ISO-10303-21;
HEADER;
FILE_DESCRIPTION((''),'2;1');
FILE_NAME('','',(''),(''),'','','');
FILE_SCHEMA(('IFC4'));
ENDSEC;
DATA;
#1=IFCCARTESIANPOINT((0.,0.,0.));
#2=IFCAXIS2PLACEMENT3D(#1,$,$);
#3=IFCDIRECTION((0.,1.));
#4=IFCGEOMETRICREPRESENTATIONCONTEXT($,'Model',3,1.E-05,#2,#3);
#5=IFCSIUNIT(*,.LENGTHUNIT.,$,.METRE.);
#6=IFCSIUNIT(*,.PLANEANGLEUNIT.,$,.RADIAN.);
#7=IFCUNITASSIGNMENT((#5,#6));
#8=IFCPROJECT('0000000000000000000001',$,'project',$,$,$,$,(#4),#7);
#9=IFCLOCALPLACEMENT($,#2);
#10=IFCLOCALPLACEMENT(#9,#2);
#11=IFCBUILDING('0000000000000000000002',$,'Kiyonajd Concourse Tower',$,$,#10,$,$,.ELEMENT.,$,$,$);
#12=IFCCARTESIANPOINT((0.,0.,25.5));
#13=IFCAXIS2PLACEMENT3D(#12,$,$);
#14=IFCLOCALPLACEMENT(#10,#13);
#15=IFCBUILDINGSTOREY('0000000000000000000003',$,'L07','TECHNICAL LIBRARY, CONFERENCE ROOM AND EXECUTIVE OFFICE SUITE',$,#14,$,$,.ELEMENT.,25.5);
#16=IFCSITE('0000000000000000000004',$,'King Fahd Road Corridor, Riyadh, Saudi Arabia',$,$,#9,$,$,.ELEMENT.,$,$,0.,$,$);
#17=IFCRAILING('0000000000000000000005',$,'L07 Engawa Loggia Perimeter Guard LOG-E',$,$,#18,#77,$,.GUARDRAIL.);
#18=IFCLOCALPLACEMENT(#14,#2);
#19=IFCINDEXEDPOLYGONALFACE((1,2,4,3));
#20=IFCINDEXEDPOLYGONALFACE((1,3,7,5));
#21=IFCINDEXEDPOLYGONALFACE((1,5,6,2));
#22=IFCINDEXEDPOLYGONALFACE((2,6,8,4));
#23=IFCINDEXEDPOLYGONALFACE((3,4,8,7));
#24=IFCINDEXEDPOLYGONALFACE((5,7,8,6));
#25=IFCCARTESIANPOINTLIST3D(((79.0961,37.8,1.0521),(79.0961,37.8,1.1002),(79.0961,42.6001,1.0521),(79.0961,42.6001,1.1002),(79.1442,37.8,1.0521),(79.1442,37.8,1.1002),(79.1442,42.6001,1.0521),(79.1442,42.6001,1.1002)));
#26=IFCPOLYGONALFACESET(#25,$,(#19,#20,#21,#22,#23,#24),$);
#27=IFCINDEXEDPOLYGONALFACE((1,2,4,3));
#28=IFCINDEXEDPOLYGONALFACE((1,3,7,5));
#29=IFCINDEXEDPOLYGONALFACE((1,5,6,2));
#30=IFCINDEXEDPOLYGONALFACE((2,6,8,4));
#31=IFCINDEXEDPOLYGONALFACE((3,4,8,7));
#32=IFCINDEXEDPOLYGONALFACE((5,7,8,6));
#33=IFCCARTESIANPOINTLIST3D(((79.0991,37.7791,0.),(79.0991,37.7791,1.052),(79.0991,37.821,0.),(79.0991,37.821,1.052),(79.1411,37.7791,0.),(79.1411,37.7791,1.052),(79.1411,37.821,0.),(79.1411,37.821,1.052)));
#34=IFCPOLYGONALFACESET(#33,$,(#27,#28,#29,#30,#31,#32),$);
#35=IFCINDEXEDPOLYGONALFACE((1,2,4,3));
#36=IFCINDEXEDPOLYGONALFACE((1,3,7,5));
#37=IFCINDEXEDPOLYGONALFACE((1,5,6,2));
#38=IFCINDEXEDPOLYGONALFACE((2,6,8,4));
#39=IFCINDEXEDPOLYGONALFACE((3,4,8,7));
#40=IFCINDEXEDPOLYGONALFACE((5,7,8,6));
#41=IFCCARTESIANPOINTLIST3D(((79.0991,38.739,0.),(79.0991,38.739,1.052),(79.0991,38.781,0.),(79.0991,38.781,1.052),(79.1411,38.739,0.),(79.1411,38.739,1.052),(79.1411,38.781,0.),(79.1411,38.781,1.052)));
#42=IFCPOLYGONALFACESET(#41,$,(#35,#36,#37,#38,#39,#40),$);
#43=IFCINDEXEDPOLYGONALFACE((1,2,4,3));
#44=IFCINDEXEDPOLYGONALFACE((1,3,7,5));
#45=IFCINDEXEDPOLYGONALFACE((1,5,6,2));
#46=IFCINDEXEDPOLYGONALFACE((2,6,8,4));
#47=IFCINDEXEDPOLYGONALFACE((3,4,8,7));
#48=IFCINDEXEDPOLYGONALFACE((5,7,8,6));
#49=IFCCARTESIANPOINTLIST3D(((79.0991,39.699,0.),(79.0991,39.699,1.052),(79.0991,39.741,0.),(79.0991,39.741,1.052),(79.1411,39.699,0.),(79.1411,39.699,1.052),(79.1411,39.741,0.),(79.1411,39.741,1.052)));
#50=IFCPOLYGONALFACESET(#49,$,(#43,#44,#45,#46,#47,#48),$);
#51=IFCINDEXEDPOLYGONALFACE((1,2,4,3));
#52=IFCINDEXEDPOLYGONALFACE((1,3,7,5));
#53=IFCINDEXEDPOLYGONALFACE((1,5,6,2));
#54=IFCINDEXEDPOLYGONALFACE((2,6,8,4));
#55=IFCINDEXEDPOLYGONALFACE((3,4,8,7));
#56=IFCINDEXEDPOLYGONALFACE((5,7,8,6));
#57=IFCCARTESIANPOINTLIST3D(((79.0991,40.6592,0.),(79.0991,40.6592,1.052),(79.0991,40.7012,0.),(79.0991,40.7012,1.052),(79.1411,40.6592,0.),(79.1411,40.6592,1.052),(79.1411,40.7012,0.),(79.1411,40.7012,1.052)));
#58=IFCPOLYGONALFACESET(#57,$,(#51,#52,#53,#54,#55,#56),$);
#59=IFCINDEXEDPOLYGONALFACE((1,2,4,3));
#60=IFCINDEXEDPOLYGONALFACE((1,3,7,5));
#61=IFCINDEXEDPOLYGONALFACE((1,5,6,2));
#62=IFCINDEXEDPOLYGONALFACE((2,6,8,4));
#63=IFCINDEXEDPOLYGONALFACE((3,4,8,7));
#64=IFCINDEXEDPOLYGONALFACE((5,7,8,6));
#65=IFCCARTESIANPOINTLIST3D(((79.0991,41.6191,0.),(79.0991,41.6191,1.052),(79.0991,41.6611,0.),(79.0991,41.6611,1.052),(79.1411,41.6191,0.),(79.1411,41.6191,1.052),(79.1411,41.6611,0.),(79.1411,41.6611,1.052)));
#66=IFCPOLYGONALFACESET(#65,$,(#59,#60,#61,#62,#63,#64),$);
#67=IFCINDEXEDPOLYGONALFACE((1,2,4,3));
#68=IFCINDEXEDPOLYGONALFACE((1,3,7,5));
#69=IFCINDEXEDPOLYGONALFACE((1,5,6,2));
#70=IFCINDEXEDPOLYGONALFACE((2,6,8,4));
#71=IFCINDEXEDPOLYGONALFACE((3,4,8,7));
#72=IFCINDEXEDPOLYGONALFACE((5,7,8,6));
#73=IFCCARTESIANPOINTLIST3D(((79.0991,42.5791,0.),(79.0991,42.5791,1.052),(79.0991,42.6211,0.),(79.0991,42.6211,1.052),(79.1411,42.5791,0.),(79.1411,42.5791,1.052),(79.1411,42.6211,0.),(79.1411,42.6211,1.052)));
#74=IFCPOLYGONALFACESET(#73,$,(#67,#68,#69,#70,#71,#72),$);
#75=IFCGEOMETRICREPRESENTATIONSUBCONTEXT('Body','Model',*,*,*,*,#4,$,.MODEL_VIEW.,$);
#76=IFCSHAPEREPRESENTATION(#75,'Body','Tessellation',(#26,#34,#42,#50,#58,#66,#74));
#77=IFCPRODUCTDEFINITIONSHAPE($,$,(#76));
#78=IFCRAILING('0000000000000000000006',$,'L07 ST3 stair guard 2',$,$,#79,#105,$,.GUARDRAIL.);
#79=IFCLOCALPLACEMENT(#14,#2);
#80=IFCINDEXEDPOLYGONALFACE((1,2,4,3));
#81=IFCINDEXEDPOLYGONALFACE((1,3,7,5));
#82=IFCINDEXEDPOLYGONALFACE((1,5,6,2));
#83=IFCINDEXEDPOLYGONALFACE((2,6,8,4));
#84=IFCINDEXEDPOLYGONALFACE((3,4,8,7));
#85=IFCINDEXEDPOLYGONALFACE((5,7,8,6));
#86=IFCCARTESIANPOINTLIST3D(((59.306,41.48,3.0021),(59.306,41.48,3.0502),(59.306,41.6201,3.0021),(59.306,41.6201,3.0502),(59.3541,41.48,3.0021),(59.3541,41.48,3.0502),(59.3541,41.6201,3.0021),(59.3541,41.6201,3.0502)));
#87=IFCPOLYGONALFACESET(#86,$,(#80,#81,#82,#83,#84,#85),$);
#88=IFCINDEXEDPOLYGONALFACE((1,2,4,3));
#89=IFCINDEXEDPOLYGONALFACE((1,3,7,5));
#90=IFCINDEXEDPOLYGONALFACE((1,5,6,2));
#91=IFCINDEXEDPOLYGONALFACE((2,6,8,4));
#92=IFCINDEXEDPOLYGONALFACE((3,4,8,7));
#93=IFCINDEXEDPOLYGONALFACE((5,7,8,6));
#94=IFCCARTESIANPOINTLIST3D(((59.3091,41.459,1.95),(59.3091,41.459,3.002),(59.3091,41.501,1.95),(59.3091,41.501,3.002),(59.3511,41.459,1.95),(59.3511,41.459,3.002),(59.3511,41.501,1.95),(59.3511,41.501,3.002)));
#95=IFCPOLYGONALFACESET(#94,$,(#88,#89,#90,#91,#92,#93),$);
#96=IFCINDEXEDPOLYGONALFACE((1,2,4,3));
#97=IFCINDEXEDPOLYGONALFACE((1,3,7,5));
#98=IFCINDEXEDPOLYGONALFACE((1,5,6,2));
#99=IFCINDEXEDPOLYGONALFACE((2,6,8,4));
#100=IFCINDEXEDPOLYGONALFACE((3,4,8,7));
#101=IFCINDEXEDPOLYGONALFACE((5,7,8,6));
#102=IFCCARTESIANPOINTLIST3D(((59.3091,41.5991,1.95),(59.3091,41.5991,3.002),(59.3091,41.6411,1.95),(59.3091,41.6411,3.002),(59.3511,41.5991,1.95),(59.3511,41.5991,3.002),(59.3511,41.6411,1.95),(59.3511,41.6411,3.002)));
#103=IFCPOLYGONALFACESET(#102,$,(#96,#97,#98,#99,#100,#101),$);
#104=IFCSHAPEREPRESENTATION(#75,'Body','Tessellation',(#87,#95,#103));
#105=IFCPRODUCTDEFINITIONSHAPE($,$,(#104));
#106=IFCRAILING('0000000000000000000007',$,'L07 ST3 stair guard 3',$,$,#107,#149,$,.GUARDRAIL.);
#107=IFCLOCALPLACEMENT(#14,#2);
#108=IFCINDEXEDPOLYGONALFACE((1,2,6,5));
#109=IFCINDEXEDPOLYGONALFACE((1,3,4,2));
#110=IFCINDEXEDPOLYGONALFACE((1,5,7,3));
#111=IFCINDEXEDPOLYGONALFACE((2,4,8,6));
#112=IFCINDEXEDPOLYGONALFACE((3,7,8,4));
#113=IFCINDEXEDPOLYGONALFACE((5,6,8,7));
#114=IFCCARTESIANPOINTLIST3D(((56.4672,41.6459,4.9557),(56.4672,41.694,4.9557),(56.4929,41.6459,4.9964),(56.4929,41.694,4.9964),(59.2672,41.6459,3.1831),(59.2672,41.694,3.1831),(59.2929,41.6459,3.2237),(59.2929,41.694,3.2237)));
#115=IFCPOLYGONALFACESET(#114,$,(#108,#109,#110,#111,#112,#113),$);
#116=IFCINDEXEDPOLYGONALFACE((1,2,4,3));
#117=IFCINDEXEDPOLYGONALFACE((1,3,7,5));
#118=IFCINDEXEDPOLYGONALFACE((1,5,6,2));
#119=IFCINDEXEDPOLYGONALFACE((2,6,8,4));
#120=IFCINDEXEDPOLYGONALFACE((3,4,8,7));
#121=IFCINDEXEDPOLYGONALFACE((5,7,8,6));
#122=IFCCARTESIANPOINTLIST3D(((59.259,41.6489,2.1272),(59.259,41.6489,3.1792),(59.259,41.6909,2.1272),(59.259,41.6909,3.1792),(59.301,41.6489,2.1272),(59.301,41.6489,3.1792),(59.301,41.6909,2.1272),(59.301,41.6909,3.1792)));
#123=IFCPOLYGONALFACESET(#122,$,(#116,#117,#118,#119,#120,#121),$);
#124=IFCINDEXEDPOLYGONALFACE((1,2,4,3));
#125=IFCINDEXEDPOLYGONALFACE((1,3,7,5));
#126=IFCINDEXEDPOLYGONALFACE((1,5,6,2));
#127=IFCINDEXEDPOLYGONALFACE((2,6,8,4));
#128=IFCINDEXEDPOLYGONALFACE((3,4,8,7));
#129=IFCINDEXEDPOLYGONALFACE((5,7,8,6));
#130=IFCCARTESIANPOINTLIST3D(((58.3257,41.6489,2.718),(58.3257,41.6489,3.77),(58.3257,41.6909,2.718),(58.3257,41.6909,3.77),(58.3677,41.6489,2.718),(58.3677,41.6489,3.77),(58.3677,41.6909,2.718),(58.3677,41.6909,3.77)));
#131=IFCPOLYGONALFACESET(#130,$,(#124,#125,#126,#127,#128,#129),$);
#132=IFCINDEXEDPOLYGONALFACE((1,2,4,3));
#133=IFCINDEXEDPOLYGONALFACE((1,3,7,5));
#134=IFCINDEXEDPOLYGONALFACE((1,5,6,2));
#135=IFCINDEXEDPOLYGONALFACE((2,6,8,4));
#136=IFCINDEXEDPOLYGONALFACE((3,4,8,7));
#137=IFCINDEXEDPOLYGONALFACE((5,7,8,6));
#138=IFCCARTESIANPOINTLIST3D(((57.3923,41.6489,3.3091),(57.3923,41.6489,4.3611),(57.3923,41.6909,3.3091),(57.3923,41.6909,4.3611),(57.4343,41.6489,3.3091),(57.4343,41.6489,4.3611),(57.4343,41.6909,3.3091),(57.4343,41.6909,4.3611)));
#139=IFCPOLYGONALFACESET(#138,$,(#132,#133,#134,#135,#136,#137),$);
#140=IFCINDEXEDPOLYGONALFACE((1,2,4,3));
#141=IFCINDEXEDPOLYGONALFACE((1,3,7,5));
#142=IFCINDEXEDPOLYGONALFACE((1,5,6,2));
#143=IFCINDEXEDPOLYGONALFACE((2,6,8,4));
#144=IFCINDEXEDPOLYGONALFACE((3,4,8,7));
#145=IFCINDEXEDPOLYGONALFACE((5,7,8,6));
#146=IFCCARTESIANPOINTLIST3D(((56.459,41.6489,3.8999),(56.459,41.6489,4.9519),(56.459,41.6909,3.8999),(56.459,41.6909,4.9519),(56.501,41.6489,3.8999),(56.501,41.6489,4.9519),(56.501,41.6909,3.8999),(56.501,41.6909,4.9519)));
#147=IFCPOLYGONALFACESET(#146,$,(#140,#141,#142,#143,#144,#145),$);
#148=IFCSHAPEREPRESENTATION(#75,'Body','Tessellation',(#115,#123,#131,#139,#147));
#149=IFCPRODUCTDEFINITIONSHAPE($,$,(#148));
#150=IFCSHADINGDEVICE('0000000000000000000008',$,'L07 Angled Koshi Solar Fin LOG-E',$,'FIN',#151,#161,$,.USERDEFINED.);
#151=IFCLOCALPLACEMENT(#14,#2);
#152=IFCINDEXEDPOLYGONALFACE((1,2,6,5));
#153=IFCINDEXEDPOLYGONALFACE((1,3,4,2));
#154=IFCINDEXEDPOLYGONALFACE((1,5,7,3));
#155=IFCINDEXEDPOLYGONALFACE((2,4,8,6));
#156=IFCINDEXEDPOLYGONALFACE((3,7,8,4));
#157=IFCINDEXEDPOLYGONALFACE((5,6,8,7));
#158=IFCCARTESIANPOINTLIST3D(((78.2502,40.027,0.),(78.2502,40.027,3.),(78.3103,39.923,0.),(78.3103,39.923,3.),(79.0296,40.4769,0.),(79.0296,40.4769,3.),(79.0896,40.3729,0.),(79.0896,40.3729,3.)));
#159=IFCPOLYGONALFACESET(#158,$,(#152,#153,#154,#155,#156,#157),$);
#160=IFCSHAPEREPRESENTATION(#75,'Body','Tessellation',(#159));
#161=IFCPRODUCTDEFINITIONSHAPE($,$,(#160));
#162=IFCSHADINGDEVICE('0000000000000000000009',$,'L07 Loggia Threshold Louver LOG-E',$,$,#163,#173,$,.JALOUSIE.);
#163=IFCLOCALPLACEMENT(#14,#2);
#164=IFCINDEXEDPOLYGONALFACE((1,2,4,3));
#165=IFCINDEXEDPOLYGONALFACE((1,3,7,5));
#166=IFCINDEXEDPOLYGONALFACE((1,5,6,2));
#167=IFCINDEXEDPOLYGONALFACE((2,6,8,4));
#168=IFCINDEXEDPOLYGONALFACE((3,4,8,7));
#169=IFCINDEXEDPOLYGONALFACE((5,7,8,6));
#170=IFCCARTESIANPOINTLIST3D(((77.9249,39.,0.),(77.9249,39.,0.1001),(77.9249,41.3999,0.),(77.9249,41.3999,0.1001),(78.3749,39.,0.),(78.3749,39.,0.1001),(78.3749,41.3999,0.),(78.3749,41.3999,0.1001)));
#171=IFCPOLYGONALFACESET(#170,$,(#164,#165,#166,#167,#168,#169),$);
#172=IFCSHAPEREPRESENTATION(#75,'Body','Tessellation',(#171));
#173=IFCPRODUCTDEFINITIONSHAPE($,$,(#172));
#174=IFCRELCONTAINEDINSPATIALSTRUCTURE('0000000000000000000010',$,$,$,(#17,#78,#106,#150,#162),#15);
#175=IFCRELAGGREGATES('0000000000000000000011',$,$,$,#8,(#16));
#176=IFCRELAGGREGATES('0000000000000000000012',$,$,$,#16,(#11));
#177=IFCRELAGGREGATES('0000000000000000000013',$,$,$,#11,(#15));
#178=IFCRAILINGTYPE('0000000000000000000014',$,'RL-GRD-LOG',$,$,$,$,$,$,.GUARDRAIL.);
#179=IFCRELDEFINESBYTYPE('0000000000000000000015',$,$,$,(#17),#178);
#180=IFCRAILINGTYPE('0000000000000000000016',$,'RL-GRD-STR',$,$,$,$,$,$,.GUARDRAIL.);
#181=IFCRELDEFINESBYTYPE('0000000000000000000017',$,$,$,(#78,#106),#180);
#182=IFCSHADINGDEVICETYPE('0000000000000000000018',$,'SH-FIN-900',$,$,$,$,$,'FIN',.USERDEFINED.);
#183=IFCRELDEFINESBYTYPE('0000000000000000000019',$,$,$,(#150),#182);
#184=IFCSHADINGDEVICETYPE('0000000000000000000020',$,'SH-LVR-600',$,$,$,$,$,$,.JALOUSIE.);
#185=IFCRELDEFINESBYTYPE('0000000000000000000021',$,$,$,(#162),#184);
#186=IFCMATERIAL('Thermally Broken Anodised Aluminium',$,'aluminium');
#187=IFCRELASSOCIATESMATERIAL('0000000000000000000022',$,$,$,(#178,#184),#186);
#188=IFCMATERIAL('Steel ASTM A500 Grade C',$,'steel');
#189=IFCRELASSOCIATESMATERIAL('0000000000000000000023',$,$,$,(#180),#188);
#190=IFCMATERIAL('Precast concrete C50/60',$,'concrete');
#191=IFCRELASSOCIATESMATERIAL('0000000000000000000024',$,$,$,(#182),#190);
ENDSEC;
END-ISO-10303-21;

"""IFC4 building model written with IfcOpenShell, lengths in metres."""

from ifc_helpers import new_model, si_unit, direction, frame, origin, origin_2d, place, context, subcontext, project, spatial, rectangle, extrude, material, type_object, element, save


model = new_model("IFC4")

# Units and contexts
model_context = context("Model", 3, precision=1e-05, world=origin(), true_north=direction((0.0, 1.0)))
body_context = subcontext(model_context, "Body", "Model", "MODEL_VIEW")
ifc_project = project(units=[si_unit("LENGTHUNIT", "METRE"), si_unit("PLANEANGLEUNIT", "RADIAN")], contexts=[model_context])

# Site, building, storey
site_placement = place(None, origin())
site = spatial("IfcSite", under=ifc_project, at=site_placement, Name="King Fahd Road Corridor, Riyadh, Saudi Arabia", CompositionType="ELEMENT", RefElevation=0.0)
building_placement = place(site_placement, origin())
building = spatial("IfcBuilding", under=site, at=building_placement, Name="Kiyonajd Concourse Tower", CompositionType="ELEMENT")
storey_placement = place(building_placement, frame((0.0, 0.0, 25.5)))
storey = spatial("IfcBuildingStorey", under=building, at=storey_placement, Name="L07", Description="TECHNICAL LIBRARY, CONFERENCE ROOM AND EXECUTIVE OFFICE SUITE", CompositionType="ELEMENT", Elevation=25.5)

# Shared definitions
ifc_material_1 = material(Name="Precast concrete C50/60", Category="concrete")

# Shared definitions
ifc_material_2 = material(Name="Thermally Broken Anodised Aluminium", Category="aluminium")

# Railings
railing_type_1 = type_object("IfcRailingType", Name="RL-GRD-LOG", PredefinedType="GUARDRAIL", material=ifc_material_2)
railing_1_placement = place(storey_placement, frame((79.1201, 37.8, 0.0)))
element("IfcRailing", 1, at=railing_1_placement, inside=storey, type_object=railing_type_1, Name="L07 Engawa Loggia Perimeter Guard LOG-E", PredefinedType="GUARDRAIL", context=body_context, shape_type="SweptSolid", body=[
    extrude(rectangle(XDim=0.0481, YDim=0.0481, at=origin_2d()), frame((0.0, 0.0, 1.0762), z_axis=(0.0, 1.0, 0.0), x_axis=(-1.0, 0.0, 0.0)), (0.0, 0.0, 1.0), 4.8),
    extrude(rectangle(XDim=0.042, YDim=0.042, at=origin_2d()), origin(), (0.0, 0.0, 1.0), 1.052),
    extrude(rectangle(XDim=0.042, YDim=0.042, at=origin_2d()), frame((0.0, 0.96, 0.0)), (0.0, 0.0, 1.0), 1.052),
    extrude(rectangle(XDim=0.042, YDim=0.042, at=origin_2d()), frame((0.0, 1.9199, 0.0)), (0.0, 0.0, 1.0), 1.052),
    extrude(rectangle(XDim=0.042, YDim=0.042, at=origin_2d()), frame((0.0, 2.8801, 0.0)), (0.0, 0.0, 1.0), 1.052),
    extrude(rectangle(XDim=0.042, YDim=0.042, at=origin_2d()), frame((0.0, 3.8401, 0.0)), (0.0, 0.0, 1.0), 1.052),
    extrude(rectangle(XDim=0.042, YDim=0.042, at=origin_2d()), frame((0.0, 4.8, 0.0)), (0.0, 0.0, 1.0), 1.052),
])
ifc_material_3 = material(Name="Steel ASTM A500 Grade C", Category="steel")
railing_type_2 = type_object("IfcRailingType", Name="RL-GRD-STR", PredefinedType="GUARDRAIL", material=ifc_material_3)
railing_2_placement = place(storey_placement, frame((59.3301, 41.48, 1.95)))
element("IfcRailing", 2, at=railing_2_placement, inside=storey, type_object=railing_type_2, Name="L07 ST3 stair guard 2", PredefinedType="GUARDRAIL", context=body_context, shape_type="SweptSolid", body=[
    extrude(rectangle(XDim=0.0481, YDim=0.0481, at=origin_2d()), frame((0.0, 0.0, 1.0762), z_axis=(0.0, 1.0, 0.0), x_axis=(-1.0, 0.0, 0.0)), (0.0, 0.0, 1.0), 0.1401),
    extrude(rectangle(XDim=0.042, YDim=0.042, at=origin_2d()), origin(), (0.0, 0.0, 1.0), 1.052),
    extrude(rectangle(XDim=0.042, YDim=0.042, at=origin_2d()), frame((0.0, 0.1401, 0.0)), (0.0, 0.0, 1.0), 1.052),
])
railing_3_placement = place(storey_placement, frame((59.28, 41.6699, 2.1272)))
element("IfcRailing", 3, at=railing_3_placement, inside=storey, type_object=railing_type_2, Name="L07 ST3 stair guard 3", PredefinedType="GUARDRAIL", context=body_context, shape_type="SweptSolid", body=[
    extrude(rectangle(XDim=0.0481, YDim=0.0481, at=origin_2d()), frame((0.0, 0.0, 1.0762), z_axis=(-0.844909, 0.0, 0.53491), x_axis=(0.0, -1.0, 0.0)), (0.0, 0.0, 1.0), 3.314),
    extrude(rectangle(XDim=0.042, YDim=0.042, at=origin_2d()), origin(), (0.0, 0.0, 1.0), 1.052),
    extrude(rectangle(XDim=0.042, YDim=0.042, at=origin_2d()), frame((-0.9333, 0.0, 0.5908)), (0.0, 0.0, 1.0), 1.052),
    extrude(rectangle(XDim=0.042, YDim=0.042, at=origin_2d()), frame((-1.8667, 0.0, 1.1819)), (0.0, 0.0, 1.0), 1.052),
    extrude(rectangle(XDim=0.042, YDim=0.042, at=origin_2d()), frame((-2.8, 0.0, 1.7727)), (0.0, 0.0, 1.0), 1.052),
])

# Shading devices
shading_device_type_1 = type_object("IfcShadingDeviceType", Name="SH-FIN-900", ElementType="FIN", PredefinedType="USERDEFINED", material=ifc_material_1)
shading_device_1_placement = place(storey_placement, frame((78.6699, 40.2, 0.0), z_axis=(0.0, 0.0, 1.0), x_axis=(0.866025, 0.5, 0.0)))
element("IfcShadingDevice", 4, at=shading_device_1_placement, inside=storey, type_object=shading_device_type_1, Name="L07 Angled Koshi Solar Fin LOG-E", ObjectType="FIN", PredefinedType="USERDEFINED", context=body_context, shape_type="SweptSolid", body=[
    extrude(rectangle(XDim=0.8999, YDim=0.1201, at=origin_2d()), origin(), (0.0, 0.0, 1.0), 3.0),
])
shading_device_type_2 = type_object("IfcShadingDeviceType", Name="SH-LVR-600", PredefinedType="JALOUSIE", material=ifc_material_2)
shading_device_2_placement = place(storey_placement, frame((78.1499, 40.2, 0.0), z_axis=(0.0, 0.0, 1.0), x_axis=(0.0, 1.0, 0.0)))
element("IfcShadingDevice", 5, at=shading_device_2_placement, inside=storey, type_object=shading_device_type_2, Name="L07 Loggia Threshold Louver LOG-E", PredefinedType="JALOUSIE", context=body_context, shape_type="SweptSolid", body=[
    extrude(rectangle(XDim=2.3999, YDim=0.45, at=origin_2d()), origin(), (0.0, 0.0, 1.0), 0.1001),
])

save(model, "model.ifc")
